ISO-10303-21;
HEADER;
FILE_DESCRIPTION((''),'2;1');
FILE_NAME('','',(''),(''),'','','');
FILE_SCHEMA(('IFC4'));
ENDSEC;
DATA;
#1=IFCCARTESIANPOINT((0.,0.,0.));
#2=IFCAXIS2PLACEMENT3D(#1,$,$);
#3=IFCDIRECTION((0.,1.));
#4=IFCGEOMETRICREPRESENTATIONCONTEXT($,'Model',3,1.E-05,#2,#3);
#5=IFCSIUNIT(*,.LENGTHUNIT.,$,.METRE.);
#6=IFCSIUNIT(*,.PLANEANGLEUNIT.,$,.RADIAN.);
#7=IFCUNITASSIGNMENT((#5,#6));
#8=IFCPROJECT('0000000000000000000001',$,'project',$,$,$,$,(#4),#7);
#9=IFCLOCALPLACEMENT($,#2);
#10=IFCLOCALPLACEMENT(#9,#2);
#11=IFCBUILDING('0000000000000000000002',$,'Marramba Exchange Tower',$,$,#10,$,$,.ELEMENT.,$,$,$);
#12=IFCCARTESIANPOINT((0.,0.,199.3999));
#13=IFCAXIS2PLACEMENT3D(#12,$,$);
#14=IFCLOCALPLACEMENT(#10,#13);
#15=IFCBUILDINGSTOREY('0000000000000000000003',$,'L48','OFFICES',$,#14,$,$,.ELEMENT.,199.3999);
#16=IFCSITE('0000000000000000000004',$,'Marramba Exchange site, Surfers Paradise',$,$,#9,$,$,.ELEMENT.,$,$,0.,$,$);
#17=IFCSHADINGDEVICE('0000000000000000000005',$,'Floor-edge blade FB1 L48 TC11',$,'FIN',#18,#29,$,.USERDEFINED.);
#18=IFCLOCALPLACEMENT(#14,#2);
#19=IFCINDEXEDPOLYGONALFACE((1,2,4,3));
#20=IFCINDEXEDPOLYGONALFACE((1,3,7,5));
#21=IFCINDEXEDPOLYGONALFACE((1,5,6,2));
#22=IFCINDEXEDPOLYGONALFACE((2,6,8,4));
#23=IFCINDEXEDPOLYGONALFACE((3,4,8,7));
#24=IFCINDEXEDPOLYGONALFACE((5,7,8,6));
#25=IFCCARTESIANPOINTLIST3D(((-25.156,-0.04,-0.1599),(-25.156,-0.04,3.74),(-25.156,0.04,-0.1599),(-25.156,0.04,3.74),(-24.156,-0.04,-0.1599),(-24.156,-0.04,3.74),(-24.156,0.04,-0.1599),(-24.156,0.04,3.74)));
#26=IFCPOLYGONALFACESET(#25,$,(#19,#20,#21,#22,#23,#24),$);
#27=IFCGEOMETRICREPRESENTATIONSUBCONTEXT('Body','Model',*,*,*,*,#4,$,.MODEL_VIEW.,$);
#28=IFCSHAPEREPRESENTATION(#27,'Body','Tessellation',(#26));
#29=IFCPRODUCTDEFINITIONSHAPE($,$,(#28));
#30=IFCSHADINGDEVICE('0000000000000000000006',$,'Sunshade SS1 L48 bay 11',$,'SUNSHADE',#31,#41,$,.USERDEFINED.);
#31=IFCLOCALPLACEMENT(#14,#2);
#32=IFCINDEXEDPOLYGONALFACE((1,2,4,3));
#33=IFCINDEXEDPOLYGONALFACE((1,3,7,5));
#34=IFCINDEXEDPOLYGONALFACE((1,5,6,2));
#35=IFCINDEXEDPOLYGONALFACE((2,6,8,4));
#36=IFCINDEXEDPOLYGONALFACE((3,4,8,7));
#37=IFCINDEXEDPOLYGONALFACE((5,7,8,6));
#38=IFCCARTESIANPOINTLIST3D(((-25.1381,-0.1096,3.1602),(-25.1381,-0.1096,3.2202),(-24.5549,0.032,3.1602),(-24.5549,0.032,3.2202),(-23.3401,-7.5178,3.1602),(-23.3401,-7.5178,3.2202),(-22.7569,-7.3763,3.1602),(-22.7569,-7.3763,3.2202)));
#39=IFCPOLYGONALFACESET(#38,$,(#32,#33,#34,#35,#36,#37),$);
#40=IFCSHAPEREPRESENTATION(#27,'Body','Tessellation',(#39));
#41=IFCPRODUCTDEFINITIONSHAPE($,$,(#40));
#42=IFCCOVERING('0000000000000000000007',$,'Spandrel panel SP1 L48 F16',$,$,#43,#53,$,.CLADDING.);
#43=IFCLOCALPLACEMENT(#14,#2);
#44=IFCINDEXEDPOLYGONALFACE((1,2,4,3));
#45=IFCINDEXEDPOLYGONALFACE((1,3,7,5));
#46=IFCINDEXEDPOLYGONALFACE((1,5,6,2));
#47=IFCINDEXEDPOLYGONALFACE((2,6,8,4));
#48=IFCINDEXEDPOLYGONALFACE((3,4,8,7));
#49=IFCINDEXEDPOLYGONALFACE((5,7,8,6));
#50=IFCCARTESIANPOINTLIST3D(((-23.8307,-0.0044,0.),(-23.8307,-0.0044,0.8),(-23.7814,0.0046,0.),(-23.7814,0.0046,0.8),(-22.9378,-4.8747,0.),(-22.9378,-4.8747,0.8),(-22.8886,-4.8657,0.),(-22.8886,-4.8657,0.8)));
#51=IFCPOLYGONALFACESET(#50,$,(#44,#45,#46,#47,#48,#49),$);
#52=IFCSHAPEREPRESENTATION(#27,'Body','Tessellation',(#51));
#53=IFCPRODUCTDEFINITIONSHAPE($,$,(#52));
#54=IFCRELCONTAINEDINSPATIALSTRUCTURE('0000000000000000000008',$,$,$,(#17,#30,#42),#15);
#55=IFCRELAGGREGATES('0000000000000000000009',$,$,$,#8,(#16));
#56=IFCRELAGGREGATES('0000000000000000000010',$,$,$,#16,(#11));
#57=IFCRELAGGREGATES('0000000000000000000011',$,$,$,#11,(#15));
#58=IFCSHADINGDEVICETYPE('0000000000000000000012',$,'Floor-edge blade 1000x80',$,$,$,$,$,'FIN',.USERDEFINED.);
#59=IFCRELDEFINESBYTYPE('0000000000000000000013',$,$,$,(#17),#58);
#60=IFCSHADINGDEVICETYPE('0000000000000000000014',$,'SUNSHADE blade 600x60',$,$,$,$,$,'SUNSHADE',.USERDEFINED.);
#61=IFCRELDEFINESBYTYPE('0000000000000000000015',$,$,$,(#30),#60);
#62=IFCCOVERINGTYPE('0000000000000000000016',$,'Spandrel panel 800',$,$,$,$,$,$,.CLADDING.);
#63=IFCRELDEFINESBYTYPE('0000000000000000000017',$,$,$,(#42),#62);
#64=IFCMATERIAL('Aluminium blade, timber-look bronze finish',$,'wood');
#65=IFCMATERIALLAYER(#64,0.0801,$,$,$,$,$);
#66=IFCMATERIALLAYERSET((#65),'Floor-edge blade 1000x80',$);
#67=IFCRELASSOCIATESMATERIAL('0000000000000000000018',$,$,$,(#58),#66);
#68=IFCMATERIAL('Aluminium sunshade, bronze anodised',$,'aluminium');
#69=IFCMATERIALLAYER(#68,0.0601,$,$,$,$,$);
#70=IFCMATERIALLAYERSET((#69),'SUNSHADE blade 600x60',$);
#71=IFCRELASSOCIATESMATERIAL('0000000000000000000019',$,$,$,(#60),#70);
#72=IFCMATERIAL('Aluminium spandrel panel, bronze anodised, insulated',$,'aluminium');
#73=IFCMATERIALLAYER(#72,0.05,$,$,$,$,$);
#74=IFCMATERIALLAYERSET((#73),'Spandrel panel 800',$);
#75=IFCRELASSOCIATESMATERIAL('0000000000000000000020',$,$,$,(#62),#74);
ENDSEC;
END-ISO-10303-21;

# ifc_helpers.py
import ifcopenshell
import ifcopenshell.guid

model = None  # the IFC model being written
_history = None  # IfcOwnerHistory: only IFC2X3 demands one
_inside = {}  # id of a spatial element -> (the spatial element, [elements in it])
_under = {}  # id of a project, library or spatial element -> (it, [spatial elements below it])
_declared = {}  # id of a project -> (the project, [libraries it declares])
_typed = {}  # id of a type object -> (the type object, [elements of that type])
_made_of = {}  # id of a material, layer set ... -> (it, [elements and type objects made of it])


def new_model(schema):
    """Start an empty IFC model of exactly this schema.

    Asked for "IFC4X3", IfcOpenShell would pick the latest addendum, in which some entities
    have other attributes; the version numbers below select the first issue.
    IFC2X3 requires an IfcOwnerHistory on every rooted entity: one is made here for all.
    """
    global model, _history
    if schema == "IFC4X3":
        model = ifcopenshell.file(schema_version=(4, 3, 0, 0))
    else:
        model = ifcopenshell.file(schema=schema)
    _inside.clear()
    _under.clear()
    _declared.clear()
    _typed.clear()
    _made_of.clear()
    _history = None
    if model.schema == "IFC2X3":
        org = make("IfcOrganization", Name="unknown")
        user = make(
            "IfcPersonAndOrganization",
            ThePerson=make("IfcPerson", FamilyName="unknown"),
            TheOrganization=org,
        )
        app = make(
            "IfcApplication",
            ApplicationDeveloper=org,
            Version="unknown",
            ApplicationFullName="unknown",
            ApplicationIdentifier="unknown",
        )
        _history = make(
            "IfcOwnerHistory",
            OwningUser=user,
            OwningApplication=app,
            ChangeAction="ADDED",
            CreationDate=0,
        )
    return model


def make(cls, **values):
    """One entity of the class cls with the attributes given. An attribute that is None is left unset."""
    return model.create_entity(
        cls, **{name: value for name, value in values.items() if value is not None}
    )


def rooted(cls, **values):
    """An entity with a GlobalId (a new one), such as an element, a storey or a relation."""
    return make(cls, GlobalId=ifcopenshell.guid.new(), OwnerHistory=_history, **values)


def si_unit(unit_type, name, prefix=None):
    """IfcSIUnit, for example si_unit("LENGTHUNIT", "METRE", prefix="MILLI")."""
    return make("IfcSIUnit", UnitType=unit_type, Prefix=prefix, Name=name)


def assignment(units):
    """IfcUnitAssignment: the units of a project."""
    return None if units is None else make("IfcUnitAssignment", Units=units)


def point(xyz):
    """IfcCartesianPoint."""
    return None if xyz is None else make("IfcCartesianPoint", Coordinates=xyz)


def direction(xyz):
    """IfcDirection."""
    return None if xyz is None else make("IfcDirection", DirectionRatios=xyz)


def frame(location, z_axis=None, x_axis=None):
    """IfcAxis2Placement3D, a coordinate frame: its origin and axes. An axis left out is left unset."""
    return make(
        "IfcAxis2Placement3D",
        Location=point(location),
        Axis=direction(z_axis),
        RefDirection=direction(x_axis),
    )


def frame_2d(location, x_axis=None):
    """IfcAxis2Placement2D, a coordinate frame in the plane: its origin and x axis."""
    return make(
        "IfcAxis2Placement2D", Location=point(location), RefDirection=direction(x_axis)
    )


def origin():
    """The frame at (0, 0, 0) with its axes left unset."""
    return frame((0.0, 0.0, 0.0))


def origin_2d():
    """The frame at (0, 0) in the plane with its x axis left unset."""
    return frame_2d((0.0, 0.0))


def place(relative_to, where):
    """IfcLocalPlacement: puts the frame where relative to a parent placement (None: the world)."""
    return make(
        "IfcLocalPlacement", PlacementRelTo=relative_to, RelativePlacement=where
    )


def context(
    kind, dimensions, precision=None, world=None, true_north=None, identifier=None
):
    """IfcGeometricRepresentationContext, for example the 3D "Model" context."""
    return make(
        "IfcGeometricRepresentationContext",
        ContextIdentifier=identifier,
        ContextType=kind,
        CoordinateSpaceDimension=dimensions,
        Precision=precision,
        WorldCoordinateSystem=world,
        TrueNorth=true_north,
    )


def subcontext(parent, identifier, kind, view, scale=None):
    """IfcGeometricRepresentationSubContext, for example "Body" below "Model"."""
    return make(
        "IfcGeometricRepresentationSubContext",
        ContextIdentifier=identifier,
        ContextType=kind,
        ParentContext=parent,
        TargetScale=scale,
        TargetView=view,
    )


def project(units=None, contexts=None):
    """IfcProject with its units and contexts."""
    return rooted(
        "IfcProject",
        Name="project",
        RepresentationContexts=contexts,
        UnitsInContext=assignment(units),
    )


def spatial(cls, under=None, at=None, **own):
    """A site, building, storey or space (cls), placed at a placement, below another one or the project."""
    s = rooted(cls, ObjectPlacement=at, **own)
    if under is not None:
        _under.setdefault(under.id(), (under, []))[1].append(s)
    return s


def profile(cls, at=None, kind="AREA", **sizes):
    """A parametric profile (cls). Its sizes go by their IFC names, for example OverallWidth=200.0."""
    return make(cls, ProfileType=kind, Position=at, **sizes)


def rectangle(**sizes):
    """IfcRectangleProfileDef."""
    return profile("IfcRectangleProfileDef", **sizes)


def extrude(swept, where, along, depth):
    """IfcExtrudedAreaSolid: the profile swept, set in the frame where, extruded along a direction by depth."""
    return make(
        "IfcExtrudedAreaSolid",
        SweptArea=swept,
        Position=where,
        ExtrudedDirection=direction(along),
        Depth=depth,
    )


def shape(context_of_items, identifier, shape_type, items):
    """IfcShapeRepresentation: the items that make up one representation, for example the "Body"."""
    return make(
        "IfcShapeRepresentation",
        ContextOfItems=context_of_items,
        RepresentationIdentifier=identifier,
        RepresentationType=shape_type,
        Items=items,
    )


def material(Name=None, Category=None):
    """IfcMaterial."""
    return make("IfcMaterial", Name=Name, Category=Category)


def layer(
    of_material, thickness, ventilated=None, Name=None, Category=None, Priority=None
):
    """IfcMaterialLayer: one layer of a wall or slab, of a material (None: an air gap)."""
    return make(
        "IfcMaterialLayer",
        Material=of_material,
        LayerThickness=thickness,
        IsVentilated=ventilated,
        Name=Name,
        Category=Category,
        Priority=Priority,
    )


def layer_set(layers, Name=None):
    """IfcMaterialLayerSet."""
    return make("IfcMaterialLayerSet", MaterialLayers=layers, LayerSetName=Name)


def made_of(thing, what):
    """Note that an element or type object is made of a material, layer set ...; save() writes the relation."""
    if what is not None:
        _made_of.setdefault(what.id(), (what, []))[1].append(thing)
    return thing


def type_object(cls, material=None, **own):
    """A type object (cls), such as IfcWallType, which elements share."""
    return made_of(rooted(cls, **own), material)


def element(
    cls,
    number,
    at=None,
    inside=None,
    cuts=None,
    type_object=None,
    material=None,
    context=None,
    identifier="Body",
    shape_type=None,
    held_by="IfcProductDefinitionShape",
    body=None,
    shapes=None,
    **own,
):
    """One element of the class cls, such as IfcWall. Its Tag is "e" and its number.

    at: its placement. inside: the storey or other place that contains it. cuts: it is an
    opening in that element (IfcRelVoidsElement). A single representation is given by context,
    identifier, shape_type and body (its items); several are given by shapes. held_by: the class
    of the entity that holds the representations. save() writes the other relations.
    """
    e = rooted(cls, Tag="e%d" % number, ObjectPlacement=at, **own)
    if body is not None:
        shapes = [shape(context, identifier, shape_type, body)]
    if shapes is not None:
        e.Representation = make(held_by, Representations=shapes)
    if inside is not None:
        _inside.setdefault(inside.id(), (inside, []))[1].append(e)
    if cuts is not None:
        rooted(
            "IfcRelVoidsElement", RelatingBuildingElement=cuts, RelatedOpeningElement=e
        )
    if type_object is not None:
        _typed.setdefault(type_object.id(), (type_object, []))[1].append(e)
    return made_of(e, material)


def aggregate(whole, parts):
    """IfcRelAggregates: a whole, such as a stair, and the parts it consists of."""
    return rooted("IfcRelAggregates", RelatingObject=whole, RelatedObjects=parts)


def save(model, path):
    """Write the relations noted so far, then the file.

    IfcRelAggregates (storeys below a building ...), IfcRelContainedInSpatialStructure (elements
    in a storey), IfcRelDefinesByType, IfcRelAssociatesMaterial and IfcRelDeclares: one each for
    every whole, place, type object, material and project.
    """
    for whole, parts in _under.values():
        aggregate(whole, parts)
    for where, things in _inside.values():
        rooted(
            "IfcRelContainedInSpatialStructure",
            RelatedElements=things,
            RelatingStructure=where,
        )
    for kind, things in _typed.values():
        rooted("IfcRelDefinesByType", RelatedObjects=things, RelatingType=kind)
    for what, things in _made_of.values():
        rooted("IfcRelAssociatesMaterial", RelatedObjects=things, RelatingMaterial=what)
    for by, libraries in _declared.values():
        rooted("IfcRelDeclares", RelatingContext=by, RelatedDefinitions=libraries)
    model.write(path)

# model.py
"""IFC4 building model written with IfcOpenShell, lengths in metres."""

from ifc_helpers import new_model, si_unit, direction, frame, origin, origin_2d, place, context, subcontext, project, spatial, rectangle, extrude, material, layer, layer_set, type_object, element, save


model = new_model("IFC4")

# Units and contexts
model_context = context("Model", 3, precision=1e-05, world=origin(), true_north=direction((0.0, 1.0)))
body_context = subcontext(model_context, "Body", "Model", "MODEL_VIEW")
ifc_project = project(units=[si_unit("LENGTHUNIT", "METRE"), si_unit("PLANEANGLEUNIT", "RADIAN")], contexts=[model_context])

# Site, building, storey
site_placement = place(None, origin())
site = spatial("IfcSite", under=ifc_project, at=site_placement, Name="Marramba Exchange site, Surfers Paradise", CompositionType="ELEMENT", RefElevation=0.0)
building_placement = place(site_placement, origin())
building = spatial("IfcBuilding", under=site, at=building_placement, Name="Marramba Exchange Tower", CompositionType="ELEMENT")
storey_placement = place(building_placement, frame((0.0, 0.0, 199.3999)))
storey = spatial("IfcBuildingStorey", under=building, at=storey_placement, Name="L48", Description="OFFICES", CompositionType="ELEMENT", Elevation=199.3999)

# Shading devices
ifc_material_1 = material(Name="Aluminium blade, timber-look bronze finish", Category="wood")
ifc_layer_1 = layer(ifc_material_1, 0.0801)
ifc_layer_set_1 = layer_set([ifc_layer_1], Name="Floor-edge blade 1000x80")
shading_device_type_1 = type_object("IfcShadingDeviceType", Name="Floor-edge blade 1000x80", ElementType="FIN", PredefinedType="USERDEFINED", material=ifc_layer_set_1)
shading_device_1_placement = place(storey_placement, frame((-24.656, 0.0, -0.1599), z_axis=(0.0, 0.0, 1.0), x_axis=(-1.0, 0.0, 0.0)))
element("IfcShadingDevice", 1, at=shading_device_1_placement, inside=storey, type_object=shading_device_type_1, Name="Floor-edge blade FB1 L48 TC11", ObjectType="FIN", PredefinedType="USERDEFINED", context=body_context, shape_type="SweptSolid", body=[
    extrude(rectangle(XDim=1.0, YDim=0.0801, at=origin_2d()), origin(), (0.0, 0.0, 1.0), 3.8999),
])
ifc_material_2 = material(Name="Aluminium sunshade, bronze anodised", Category="aluminium")
ifc_layer_2 = layer(ifc_material_2, 0.0601)
ifc_layer_set_2 = layer_set([ifc_layer_2], Name="SUNSHADE blade 600x60")
shading_device_type_2 = type_object("IfcShadingDeviceType", Name="SUNSHADE blade 600x60", ElementType="SUNSHADE", PredefinedType="USERDEFINED", material=ifc_layer_set_2)
shading_device_2_placement = place(storey_placement, frame((-23.9475, -3.7429, 3.1602), z_axis=(0.0, 0.0, 1.0), x_axis=(0.235861, -0.971787, 0.0)))
element("IfcShadingDevice", 2, at=shading_device_2_placement, inside=storey, type_object=shading_device_type_2, Name="Sunshade SS1 L48 bay 11", ObjectType="SUNSHADE", PredefinedType="USERDEFINED", context=body_context, shape_type="SweptSolid", body=[
    extrude(rectangle(XDim=7.6233, YDim=0.6001, at=origin_2d()), origin(), (0.0, 0.0, 1.0), 0.0601),
])

# Covering
ifc_material_3 = material(Name="Aluminium spandrel panel, bronze anodised, insulated", Category="aluminium")
ifc_layer_3 = layer(ifc_material_3, 0.05)
ifc_layer_set_3 = layer_set([ifc_layer_3], Name="Spandrel panel 800")
covering_type = type_object("IfcCoveringType", Name="Spandrel panel 800", PredefinedType="CLADDING", material=ifc_layer_set_3)
covering_placement = place(storey_placement, frame((-23.3596, -2.4351, 0.0), z_axis=(0.0, 0.0, 1.0), x_axis=(0.180327, -0.983607, 0.0)))
element("IfcCovering", 3, at=covering_placement, inside=storey, type_object=covering_type, Name="Spandrel panel SP1 L48 F16", PredefinedType="CLADDING", context=body_context, shape_type="SweptSolid", body=[
    extrude(rectangle(XDim=4.9514, YDim=0.05, at=origin_2d()), origin(), (0.0, 0.0, 1.0), 0.8),
])

save(model, "model.ifc")
